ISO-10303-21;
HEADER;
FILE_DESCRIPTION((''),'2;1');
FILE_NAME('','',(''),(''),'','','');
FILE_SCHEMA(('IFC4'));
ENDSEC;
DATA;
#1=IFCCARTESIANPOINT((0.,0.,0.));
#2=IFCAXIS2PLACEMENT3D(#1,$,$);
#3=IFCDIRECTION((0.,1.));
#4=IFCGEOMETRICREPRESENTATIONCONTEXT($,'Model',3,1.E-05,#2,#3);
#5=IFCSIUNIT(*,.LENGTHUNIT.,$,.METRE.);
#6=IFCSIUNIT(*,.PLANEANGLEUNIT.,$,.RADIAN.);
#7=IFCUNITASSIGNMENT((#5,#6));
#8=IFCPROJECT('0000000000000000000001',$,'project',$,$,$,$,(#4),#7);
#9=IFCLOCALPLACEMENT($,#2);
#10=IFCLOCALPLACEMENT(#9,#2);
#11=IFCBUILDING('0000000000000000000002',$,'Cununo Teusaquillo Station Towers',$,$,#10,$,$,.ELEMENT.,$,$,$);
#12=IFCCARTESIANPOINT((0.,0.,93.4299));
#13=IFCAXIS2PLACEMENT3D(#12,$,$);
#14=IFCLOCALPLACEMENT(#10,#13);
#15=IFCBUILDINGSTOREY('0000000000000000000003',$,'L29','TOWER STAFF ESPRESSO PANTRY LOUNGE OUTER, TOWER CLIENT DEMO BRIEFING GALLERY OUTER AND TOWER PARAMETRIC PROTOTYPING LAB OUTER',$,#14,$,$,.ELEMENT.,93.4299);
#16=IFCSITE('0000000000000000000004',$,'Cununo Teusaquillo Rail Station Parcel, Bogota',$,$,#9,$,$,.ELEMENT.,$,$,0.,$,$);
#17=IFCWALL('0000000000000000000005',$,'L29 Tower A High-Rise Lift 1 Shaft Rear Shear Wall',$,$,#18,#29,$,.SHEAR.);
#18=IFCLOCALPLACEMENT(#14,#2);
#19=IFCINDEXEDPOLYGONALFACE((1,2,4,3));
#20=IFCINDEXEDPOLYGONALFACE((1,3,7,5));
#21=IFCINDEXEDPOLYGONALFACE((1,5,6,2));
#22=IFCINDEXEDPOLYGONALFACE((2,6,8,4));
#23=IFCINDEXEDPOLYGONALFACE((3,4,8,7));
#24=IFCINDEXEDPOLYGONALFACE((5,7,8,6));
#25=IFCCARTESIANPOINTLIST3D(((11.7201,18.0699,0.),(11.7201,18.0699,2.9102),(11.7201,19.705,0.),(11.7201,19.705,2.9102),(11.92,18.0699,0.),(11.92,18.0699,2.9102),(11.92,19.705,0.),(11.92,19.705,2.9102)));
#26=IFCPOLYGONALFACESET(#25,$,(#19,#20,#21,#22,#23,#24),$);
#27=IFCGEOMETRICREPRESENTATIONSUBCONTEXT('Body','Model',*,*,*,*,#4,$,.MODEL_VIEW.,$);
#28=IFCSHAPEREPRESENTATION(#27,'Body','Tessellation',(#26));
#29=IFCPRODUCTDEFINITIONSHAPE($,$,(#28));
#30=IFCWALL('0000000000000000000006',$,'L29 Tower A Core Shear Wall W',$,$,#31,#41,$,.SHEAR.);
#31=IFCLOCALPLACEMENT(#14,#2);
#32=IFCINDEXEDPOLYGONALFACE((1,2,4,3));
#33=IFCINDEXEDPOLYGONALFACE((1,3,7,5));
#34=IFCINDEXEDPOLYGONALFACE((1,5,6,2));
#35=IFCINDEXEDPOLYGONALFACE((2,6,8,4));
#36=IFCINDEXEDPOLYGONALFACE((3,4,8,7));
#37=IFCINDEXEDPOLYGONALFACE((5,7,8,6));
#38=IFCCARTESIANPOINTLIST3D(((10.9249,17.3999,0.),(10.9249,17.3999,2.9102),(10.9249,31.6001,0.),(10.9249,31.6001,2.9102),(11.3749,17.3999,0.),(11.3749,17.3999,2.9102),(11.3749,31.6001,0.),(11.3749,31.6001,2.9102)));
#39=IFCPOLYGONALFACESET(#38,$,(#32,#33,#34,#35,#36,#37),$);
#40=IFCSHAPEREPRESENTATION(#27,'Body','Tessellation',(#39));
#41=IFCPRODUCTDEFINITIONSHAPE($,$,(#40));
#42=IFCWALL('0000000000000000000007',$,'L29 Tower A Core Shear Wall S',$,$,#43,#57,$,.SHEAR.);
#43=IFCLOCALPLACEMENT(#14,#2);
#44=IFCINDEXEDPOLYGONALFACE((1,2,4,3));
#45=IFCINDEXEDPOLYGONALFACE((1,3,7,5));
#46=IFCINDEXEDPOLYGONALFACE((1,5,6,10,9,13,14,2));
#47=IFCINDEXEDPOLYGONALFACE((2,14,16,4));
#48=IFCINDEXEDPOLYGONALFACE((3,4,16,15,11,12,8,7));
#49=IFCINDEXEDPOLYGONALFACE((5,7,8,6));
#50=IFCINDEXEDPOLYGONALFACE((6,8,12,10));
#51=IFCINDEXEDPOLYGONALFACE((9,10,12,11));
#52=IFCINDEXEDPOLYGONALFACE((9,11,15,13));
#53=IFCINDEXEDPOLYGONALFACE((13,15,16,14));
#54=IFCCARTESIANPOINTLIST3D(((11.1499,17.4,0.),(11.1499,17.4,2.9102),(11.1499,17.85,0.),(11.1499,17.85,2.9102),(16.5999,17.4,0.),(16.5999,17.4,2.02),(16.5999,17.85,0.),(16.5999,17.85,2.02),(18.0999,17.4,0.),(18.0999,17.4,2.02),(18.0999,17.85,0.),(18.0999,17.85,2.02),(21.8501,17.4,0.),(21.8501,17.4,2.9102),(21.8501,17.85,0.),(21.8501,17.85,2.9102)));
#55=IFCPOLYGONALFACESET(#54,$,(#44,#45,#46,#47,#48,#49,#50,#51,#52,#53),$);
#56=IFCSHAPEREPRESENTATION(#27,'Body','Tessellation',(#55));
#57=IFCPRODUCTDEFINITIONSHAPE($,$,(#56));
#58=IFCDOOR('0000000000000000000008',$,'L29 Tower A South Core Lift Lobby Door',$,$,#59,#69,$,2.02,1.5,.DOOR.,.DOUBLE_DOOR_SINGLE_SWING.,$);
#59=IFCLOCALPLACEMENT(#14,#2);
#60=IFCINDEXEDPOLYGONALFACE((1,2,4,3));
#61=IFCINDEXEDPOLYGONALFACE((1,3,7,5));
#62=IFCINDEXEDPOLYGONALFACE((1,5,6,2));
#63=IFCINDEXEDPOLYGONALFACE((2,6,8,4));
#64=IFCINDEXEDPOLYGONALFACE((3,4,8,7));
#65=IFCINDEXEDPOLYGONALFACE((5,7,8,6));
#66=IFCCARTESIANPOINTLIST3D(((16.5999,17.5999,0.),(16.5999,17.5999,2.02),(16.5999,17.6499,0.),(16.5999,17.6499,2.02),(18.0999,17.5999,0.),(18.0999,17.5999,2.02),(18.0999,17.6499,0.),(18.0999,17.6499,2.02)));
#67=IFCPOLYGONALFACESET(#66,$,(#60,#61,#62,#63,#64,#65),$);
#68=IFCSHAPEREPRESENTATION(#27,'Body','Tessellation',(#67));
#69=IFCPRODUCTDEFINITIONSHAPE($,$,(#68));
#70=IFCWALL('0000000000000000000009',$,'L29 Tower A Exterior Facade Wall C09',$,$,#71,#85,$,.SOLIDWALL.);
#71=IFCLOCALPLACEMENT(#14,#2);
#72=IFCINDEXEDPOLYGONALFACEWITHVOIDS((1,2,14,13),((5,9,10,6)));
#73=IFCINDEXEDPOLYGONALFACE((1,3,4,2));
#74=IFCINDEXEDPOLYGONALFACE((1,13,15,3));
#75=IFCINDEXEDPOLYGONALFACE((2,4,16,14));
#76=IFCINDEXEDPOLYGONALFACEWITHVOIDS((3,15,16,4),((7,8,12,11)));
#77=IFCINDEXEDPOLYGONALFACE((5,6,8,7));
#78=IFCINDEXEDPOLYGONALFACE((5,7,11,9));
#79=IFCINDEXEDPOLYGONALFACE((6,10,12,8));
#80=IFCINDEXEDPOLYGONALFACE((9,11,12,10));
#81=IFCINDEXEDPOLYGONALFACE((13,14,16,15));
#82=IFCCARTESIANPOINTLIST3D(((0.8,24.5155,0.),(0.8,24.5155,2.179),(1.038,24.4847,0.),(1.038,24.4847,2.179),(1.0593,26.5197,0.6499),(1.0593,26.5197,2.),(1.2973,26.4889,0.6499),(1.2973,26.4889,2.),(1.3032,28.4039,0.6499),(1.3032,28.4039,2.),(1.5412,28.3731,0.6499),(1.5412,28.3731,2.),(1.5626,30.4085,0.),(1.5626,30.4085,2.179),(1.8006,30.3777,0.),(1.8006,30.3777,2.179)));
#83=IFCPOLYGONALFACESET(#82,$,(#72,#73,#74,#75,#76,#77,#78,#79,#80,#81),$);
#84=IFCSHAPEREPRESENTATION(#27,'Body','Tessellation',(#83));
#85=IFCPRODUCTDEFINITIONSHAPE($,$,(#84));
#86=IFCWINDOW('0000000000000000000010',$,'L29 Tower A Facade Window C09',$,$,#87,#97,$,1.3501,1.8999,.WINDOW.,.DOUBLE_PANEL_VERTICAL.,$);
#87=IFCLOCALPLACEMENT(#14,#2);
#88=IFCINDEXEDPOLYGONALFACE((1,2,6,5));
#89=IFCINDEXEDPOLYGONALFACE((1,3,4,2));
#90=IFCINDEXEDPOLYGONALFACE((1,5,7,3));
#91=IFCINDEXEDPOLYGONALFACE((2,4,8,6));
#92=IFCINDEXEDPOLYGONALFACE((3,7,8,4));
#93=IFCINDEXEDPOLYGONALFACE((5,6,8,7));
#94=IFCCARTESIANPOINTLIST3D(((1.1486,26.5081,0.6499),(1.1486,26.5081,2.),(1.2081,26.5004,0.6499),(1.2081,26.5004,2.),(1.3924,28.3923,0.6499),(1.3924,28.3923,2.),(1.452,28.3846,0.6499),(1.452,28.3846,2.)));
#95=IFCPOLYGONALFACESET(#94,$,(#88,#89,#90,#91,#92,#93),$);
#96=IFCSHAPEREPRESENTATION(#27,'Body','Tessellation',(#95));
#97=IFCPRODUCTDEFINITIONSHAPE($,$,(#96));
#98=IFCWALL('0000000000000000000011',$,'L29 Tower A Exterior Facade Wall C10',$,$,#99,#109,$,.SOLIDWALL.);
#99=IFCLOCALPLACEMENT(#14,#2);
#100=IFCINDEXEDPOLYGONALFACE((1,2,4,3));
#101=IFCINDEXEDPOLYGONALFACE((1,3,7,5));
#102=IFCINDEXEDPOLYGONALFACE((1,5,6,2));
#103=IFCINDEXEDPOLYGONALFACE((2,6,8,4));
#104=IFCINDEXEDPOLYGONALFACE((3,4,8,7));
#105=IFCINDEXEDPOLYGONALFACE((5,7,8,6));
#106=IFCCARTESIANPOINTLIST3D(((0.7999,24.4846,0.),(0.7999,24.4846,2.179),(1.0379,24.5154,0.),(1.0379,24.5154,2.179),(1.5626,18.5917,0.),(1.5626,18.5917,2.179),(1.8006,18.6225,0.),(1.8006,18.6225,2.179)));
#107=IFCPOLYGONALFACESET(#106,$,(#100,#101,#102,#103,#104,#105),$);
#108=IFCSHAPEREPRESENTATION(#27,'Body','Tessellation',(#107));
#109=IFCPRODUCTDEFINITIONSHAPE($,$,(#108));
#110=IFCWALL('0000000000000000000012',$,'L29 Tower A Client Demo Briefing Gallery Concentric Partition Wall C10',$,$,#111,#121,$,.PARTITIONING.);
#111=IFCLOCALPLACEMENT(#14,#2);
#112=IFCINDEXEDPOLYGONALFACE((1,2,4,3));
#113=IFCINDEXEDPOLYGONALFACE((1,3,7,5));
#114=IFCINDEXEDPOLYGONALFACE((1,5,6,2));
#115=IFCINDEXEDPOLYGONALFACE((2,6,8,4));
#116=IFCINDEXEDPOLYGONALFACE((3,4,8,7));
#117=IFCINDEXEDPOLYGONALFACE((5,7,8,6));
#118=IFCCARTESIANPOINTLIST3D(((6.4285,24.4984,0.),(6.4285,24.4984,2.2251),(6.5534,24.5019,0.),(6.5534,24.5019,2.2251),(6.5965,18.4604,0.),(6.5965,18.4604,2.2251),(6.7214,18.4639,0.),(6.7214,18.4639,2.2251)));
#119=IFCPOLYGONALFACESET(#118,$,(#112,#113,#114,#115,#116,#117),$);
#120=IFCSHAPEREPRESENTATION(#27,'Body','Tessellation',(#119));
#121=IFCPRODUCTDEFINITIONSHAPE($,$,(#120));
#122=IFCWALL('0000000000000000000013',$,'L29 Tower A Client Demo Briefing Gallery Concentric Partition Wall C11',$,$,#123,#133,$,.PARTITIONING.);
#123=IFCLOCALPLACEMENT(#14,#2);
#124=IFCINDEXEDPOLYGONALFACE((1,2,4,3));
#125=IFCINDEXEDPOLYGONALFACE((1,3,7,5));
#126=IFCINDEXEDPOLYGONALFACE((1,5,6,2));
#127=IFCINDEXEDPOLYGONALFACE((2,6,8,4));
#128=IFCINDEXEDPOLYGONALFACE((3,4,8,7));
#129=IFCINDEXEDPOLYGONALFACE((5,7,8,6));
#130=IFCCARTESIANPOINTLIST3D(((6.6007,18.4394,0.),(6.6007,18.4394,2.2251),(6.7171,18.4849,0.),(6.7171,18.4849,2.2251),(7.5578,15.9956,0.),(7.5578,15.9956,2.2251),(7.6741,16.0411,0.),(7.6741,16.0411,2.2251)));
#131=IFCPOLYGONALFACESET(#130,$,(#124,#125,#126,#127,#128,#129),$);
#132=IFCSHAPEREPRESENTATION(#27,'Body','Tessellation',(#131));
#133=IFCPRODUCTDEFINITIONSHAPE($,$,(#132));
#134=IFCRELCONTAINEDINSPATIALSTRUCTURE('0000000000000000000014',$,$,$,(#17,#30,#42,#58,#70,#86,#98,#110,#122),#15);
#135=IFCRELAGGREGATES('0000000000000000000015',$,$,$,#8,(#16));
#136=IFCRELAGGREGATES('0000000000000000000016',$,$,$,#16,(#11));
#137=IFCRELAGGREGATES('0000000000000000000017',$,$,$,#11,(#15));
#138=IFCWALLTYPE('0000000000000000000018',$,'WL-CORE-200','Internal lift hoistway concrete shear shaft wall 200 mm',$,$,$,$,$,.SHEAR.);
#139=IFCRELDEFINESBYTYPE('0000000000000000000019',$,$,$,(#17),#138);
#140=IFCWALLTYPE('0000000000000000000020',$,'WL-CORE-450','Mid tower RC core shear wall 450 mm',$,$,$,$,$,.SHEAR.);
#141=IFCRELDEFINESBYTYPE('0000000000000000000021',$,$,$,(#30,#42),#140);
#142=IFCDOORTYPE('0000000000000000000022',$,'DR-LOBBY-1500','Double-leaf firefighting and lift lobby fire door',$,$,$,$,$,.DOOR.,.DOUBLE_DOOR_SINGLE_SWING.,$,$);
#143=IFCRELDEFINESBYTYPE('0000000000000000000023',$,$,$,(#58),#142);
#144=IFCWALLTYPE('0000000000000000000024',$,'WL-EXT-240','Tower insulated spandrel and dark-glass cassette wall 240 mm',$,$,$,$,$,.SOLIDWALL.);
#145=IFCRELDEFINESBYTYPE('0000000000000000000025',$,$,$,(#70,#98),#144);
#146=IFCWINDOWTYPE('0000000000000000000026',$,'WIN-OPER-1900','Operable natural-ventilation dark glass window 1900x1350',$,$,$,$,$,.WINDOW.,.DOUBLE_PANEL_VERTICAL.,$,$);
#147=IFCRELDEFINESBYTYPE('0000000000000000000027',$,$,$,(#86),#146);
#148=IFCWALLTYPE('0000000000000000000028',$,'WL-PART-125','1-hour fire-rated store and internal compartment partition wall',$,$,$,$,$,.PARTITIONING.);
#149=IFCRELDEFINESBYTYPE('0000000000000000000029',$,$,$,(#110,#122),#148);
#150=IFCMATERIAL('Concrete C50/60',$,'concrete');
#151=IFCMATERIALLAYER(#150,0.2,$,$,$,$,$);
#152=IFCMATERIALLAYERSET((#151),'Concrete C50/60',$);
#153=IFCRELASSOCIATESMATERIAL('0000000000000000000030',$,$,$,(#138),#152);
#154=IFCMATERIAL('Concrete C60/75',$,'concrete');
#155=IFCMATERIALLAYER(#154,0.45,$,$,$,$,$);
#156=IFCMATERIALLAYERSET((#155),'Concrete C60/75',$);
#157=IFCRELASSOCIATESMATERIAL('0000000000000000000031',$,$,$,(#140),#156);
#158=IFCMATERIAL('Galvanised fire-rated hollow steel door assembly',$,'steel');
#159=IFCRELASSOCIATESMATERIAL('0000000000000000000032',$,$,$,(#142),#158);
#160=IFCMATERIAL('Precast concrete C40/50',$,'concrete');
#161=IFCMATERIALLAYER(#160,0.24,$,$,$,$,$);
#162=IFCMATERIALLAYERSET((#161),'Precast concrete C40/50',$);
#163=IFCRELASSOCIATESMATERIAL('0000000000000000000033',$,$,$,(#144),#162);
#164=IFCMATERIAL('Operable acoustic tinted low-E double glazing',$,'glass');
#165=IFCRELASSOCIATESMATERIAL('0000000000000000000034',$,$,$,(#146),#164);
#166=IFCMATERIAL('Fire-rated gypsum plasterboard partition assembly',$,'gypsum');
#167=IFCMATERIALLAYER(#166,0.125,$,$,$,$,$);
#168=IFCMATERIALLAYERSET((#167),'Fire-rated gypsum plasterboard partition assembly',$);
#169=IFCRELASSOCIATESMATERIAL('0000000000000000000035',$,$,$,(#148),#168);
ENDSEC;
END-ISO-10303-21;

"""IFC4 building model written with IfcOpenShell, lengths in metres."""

from ifc_helpers import new_model, si_unit, direction, frame, frame_2d, origin, place, context, subcontext, project, spatial, rectangle, extrude, source, transform, mapped, material, layer, layer_set, type_object, element, fill, save


model = new_model("IFC4")

# Units and contexts
model_context = context("Model", 3, precision=1e-05, world=origin(), true_north=direction((0.0, 1.0)))
body_context = subcontext(model_context, "Body", "Model", "MODEL_VIEW")
ifc_project = project(units=[si_unit("LENGTHUNIT", "METRE"), si_unit("PLANEANGLEUNIT", "RADIAN")], contexts=[model_context])

# Site, building, storey
site_placement = place(None, origin())
site = spatial("IfcSite", under=ifc_project, at=site_placement, Name="Cununo Teusaquillo Rail Station Parcel, Bogota", CompositionType="ELEMENT", RefElevation=0.0)
building_placement = place(site_placement, origin())
building = spatial("IfcBuilding", under=site, at=building_placement, Name="Cununo Teusaquillo Station Towers", CompositionType="ELEMENT")
storey_placement = place(building_placement, frame((0.0, 0.0, 93.4299)))
storey = spatial("IfcBuildingStorey", under=building, at=storey_placement, Name="L29", Description="TOWER STAFF ESPRESSO PANTRY LOUNGE OUTER, TOWER CLIENT DEMO BRIEFING GALLERY OUTER AND TOWER PARAMETRIC PROTOTYPING LAB OUTER", CompositionType="ELEMENT", Elevation=93.4299)

# Walls
ifc_material_1 = material(Name="Concrete C50/60", Category="concrete")
ifc_layer_1 = layer(ifc_material_1, 0.2)
ifc_layer_set_1 = layer_set([ifc_layer_1], Name="Concrete C50/60")
wall_type_1 = type_object("IfcWallType", Name="WL-CORE-200", Description="Internal lift hoistway concrete shear shaft wall 200 mm", PredefinedType="SHEAR", material=ifc_layer_set_1)
wall_1_placement = place(storey_placement, frame((11.8201, 18.0701, 0.0), z_axis=(0.0, 0.0, 1.0), x_axis=(0.0, 1.0, 0.0)))
element("IfcWall", 1, at=wall_1_placement, inside=storey, type_object=wall_type_1, Name="L29 Tower A High-Rise Lift 1 Shaft Rear Shear Wall", PredefinedType="SHEAR", context=body_context, shape_type="SweptSolid", body=[
    extrude(rectangle(XDim=1.635, YDim=0.2, at=frame_2d((0.8174, 0.0))), origin(), (0.0, 0.0, 1.0), 2.9102),
])
ifc_material_2 = material(Name="Concrete C60/75", Category="concrete")
ifc_layer_2 = layer(ifc_material_2, 0.45)
ifc_layer_set_2 = layer_set([ifc_layer_2], Name="Concrete C60/75")
wall_type_2 = type_object("IfcWallType", Name="WL-CORE-450", Description="Mid tower RC core shear wall 450 mm", PredefinedType="SHEAR", material=ifc_layer_set_2)
wall_2_placement = place(storey_placement, frame((11.1499, 17.3999, 0.0), z_axis=(0.0, 0.0, 1.0), x_axis=(0.0, 1.0, 0.0)))
element("IfcWall", 2, at=wall_2_placement, inside=storey, type_object=wall_type_2, Name="L29 Tower A Core Shear Wall W", PredefinedType="SHEAR", context=body_context, shape_type="SweptSolid", body=[
    extrude(rectangle(XDim=14.2002, YDim=0.45, at=frame_2d((7.1001, 0.0))), origin(), (0.0, 0.0, 1.0), 2.9102),
])

# Wall, opening, door
wall_3_placement = place(storey_placement, frame((11.1499, 17.625, 0.0), z_axis=(0.0, 0.0, 1.0), x_axis=(1.0, 0.0, 0.0)))
wall_3 = element("IfcWall", 3, at=wall_3_placement, inside=storey, type_object=wall_type_2, Name="L29 Tower A Core Shear Wall S", PredefinedType="SHEAR", context=body_context, shape_type="SweptSolid", body=[
    extrude(rectangle(XDim=10.7002, YDim=0.45, at=frame_2d((5.3501, 0.0))), origin(), (0.0, 0.0, 1.0), 2.9102),
])
shared_shape_1 = source(origin(), body_context, "Body", "SweptSolid", [
    extrude(rectangle(XDim=1.5, YDim=2.02, at=frame_2d((0.75, 1.01))), frame((0.0, 0.2349, 0.0), z_axis=(0.0, -1.0, 0.0), x_axis=(1.0, 0.0, 0.0)), (0.0, 0.0, 1.0), 0.47),
])
opening_1_placement = place(wall_3_placement, frame((5.45, 0.0, 0.0)))
opening_1 = element("IfcOpeningElement", 4, at=opening_1_placement, cuts=wall_3, PredefinedType="OPENING", context=body_context, shape_type="MappedRepresentation", body=[
    mapped(shared_shape_1, transform((0.0, 0.0, 0.0), x_axis=(1.0, 0.0, 0.0), y_axis=(0.0, 1.0, 0.0), z_axis=(0.0, 0.0, 1.0), scale=1.0)),
])
ifc_material_3 = material(Name="Galvanised fire-rated hollow steel door assembly", Category="steel")
door_type_1 = type_object("IfcDoorType", Name="DR-LOBBY-1500", Description="Double-leaf firefighting and lift lobby fire door", OperationType="DOUBLE_DOOR_SINGLE_SWING", PredefinedType="DOOR", material=ifc_material_3)
shared_shape_2 = source(origin(), body_context, "Body", "SweptSolid", [
    extrude(rectangle(XDim=1.5, YDim=2.02, at=frame_2d((0.75, 1.01))), frame((0.0, 0.0249, 0.0), z_axis=(0.0, -1.0, 0.0), x_axis=(1.0, 0.0, 0.0)), (0.0, 0.0, 1.0), 0.05),
])
door_1_placement = place(opening_1_placement, origin())
door_1 = element("IfcDoor", 5, at=door_1_placement, inside=storey, type_object=door_type_1, Name="L29 Tower A South Core Lift Lobby Door", OperationType="DOUBLE_DOOR_SINGLE_SWING", OverallHeight=2.02, OverallWidth=1.5, PredefinedType="DOOR", context=body_context, shape_type="MappedRepresentation", body=[
    mapped(shared_shape_2, transform((0.0, 0.0, 0.0), x_axis=(1.0, 0.0, 0.0), y_axis=(0.0, 1.0, 0.0), z_axis=(0.0, 0.0, 1.0), scale=1.0)),
])
fill(opening_1, door_1)

# Wall, opening, window
ifc_material_4 = material(Name="Precast concrete C40/50", Category="concrete")
ifc_layer_3 = layer(ifc_material_4, 0.24)
ifc_layer_set_3 = layer_set([ifc_layer_3], Name="Precast concrete C40/50")
wall_type_3 = type_object("IfcWallType", Name="WL-EXT-240", Description="Tower insulated spandrel and dark-glass cassette wall 240 mm", PredefinedType="SOLIDWALL", material=ifc_layer_set_3)
wall_4_placement = place(storey_placement, frame((0.9189, 24.5, 0.0), z_axis=(0.0, 0.0, 1.0), x_axis=(0.128352, 0.991729, 0.0)))
wall_4 = element("IfcWall", 6, at=wall_4_placement, inside=storey, type_object=wall_type_3, Name="L29 Tower A Exterior Facade Wall C09", PredefinedType="SOLIDWALL", context=body_context, shape_type="SweptSolid", body=[
    extrude(rectangle(XDim=5.9421, YDim=0.24, at=frame_2d((2.9712, 0.0))), origin(), (0.0, 0.0, 1.0), 2.179),
])
shared_shape_3 = source(origin(), body_context, "Body", "SweptSolid", [
    extrude(rectangle(XDim=1.8999, YDim=1.3501, at=frame_2d((0.95, 0.675))), frame((0.0, 0.1299, 0.0), z_axis=(0.0, -1.0, 0.0), x_axis=(1.0, 0.0, 0.0)), (0.0, 0.0, 1.0), 0.26),
])
opening_2_placement = place(wall_4_placement, frame((2.021, 0.0, 0.6499)))
opening_2 = element("IfcOpeningElement", 7, at=opening_2_placement, cuts=wall_4, PredefinedType="OPENING", context=body_context, shape_type="MappedRepresentation", body=[
    mapped(shared_shape_3, transform((0.0, 0.0, 0.0), x_axis=(1.0, 0.0, 0.0), y_axis=(0.0, 1.0, 0.0), z_axis=(0.0, 0.0, 1.0), scale=1.0)),
])
ifc_material_5 = material(Name="Operable acoustic tinted low-E double glazing", Category="glass")
window_type = type_object("IfcWindowType", Name="WIN-OPER-1900", Description="Operable natural-ventilation dark glass window 1900x1350", PartitioningType="DOUBLE_PANEL_VERTICAL", PredefinedType="WINDOW", material=ifc_material_5)
shared_shape_4 = source(origin(), body_context, "Body", "SweptSolid", [
    extrude(rectangle(XDim=1.8999, YDim=1.3501, at=frame_2d((0.95, 0.675))), frame((0.0, 0.03, 0.0), z_axis=(0.0, -1.0, 0.0), x_axis=(1.0, 0.0, 0.0)), (0.0, 0.0, 1.0), 0.0601),
])
window_placement = place(opening_2_placement, origin())
window = element("IfcWindow", 8, at=window_placement, inside=storey, type_object=window_type, Name="L29 Tower A Facade Window C09", OverallHeight=1.3501, OverallWidth=1.8999, PartitioningType="DOUBLE_PANEL_VERTICAL", PredefinedType="WINDOW", context=body_context, shape_type="MappedRepresentation", body=[
    mapped(shared_shape_4, transform((0.0, 0.0, 0.0), x_axis=(1.0, 0.0, 0.0), y_axis=(0.0, 1.0, 0.0), z_axis=(0.0, 0.0, 1.0), scale=1.0)),
])
fill(opening_2, window)

# Walls
wall_5_placement = place(storey_placement, frame((1.6816, 18.6069, 0.0), z_axis=(0.0, 0.0, 1.0), x_axis=(-0.128352, 0.991729, 0.0)))
element("IfcWall", 9, at=wall_5_placement, inside=storey, type_object=wall_type_3, Name="L29 Tower A Exterior Facade Wall C10", PredefinedType="SOLIDWALL", context=body_context, shape_type="SweptSolid", body=[
    extrude(rectangle(XDim=5.9421, YDim=0.24, at=frame_2d((2.9712, 0.0))), origin(), (0.0, 0.0, 1.0), 2.179),
])
ifc_material_6 = material(Name="Fire-rated gypsum plasterboard partition assembly", Category="gypsum")
ifc_layer_4 = layer(ifc_material_6, 0.125)
ifc_layer_set_4 = layer_set([ifc_layer_4], Name="Fire-rated gypsum plasterboard partition assembly")
wall_type_4 = type_object("IfcWallType", Name="WL-PART-125", Description="1-hour fire-rated store and internal compartment partition wall", PredefinedType="PARTITIONING", material=ifc_layer_set_4)
wall_6_placement = place(storey_placement, frame((6.491, 24.5, 0.0), z_axis=(0.0, 0.0, 1.0), x_axis=(0.027809, -0.999613, 0.0)))
element("IfcWall", 10, at=wall_6_placement, inside=storey, type_object=wall_type_4, Name="L29 Tower A Client Demo Briefing Gallery Concentric Partition Wall C10", PredefinedType="PARTITIONING", context=body_context, shape_type="SweptSolid", body=[
    extrude(rectangle(XDim=6.0403, YDim=0.125, at=frame_2d((3.02, 0.0))), origin(), (0.0, 0.0, 1.0), 2.2251),
])
wall_7_placement = place(storey_placement, frame((6.6589, 18.4622, 0.0), z_axis=(0.0, 0.0, 1.0), x_axis=(0.364645, -0.931147, 0.0)))
element("IfcWall", 11, at=wall_7_placement, inside=storey, type_object=wall_type_4, Name="L29 Tower A Client Demo Briefing Gallery Concentric Partition Wall C11", PredefinedType="PARTITIONING", context=body_context, shape_type="SweptSolid", body=[
    extrude(rectangle(XDim=2.6245, YDim=0.125, at=frame_2d((1.3123, 0.0))), origin(), (0.0, 0.0, 1.0), 2.2251),
])

save(model, "model.ifc")
